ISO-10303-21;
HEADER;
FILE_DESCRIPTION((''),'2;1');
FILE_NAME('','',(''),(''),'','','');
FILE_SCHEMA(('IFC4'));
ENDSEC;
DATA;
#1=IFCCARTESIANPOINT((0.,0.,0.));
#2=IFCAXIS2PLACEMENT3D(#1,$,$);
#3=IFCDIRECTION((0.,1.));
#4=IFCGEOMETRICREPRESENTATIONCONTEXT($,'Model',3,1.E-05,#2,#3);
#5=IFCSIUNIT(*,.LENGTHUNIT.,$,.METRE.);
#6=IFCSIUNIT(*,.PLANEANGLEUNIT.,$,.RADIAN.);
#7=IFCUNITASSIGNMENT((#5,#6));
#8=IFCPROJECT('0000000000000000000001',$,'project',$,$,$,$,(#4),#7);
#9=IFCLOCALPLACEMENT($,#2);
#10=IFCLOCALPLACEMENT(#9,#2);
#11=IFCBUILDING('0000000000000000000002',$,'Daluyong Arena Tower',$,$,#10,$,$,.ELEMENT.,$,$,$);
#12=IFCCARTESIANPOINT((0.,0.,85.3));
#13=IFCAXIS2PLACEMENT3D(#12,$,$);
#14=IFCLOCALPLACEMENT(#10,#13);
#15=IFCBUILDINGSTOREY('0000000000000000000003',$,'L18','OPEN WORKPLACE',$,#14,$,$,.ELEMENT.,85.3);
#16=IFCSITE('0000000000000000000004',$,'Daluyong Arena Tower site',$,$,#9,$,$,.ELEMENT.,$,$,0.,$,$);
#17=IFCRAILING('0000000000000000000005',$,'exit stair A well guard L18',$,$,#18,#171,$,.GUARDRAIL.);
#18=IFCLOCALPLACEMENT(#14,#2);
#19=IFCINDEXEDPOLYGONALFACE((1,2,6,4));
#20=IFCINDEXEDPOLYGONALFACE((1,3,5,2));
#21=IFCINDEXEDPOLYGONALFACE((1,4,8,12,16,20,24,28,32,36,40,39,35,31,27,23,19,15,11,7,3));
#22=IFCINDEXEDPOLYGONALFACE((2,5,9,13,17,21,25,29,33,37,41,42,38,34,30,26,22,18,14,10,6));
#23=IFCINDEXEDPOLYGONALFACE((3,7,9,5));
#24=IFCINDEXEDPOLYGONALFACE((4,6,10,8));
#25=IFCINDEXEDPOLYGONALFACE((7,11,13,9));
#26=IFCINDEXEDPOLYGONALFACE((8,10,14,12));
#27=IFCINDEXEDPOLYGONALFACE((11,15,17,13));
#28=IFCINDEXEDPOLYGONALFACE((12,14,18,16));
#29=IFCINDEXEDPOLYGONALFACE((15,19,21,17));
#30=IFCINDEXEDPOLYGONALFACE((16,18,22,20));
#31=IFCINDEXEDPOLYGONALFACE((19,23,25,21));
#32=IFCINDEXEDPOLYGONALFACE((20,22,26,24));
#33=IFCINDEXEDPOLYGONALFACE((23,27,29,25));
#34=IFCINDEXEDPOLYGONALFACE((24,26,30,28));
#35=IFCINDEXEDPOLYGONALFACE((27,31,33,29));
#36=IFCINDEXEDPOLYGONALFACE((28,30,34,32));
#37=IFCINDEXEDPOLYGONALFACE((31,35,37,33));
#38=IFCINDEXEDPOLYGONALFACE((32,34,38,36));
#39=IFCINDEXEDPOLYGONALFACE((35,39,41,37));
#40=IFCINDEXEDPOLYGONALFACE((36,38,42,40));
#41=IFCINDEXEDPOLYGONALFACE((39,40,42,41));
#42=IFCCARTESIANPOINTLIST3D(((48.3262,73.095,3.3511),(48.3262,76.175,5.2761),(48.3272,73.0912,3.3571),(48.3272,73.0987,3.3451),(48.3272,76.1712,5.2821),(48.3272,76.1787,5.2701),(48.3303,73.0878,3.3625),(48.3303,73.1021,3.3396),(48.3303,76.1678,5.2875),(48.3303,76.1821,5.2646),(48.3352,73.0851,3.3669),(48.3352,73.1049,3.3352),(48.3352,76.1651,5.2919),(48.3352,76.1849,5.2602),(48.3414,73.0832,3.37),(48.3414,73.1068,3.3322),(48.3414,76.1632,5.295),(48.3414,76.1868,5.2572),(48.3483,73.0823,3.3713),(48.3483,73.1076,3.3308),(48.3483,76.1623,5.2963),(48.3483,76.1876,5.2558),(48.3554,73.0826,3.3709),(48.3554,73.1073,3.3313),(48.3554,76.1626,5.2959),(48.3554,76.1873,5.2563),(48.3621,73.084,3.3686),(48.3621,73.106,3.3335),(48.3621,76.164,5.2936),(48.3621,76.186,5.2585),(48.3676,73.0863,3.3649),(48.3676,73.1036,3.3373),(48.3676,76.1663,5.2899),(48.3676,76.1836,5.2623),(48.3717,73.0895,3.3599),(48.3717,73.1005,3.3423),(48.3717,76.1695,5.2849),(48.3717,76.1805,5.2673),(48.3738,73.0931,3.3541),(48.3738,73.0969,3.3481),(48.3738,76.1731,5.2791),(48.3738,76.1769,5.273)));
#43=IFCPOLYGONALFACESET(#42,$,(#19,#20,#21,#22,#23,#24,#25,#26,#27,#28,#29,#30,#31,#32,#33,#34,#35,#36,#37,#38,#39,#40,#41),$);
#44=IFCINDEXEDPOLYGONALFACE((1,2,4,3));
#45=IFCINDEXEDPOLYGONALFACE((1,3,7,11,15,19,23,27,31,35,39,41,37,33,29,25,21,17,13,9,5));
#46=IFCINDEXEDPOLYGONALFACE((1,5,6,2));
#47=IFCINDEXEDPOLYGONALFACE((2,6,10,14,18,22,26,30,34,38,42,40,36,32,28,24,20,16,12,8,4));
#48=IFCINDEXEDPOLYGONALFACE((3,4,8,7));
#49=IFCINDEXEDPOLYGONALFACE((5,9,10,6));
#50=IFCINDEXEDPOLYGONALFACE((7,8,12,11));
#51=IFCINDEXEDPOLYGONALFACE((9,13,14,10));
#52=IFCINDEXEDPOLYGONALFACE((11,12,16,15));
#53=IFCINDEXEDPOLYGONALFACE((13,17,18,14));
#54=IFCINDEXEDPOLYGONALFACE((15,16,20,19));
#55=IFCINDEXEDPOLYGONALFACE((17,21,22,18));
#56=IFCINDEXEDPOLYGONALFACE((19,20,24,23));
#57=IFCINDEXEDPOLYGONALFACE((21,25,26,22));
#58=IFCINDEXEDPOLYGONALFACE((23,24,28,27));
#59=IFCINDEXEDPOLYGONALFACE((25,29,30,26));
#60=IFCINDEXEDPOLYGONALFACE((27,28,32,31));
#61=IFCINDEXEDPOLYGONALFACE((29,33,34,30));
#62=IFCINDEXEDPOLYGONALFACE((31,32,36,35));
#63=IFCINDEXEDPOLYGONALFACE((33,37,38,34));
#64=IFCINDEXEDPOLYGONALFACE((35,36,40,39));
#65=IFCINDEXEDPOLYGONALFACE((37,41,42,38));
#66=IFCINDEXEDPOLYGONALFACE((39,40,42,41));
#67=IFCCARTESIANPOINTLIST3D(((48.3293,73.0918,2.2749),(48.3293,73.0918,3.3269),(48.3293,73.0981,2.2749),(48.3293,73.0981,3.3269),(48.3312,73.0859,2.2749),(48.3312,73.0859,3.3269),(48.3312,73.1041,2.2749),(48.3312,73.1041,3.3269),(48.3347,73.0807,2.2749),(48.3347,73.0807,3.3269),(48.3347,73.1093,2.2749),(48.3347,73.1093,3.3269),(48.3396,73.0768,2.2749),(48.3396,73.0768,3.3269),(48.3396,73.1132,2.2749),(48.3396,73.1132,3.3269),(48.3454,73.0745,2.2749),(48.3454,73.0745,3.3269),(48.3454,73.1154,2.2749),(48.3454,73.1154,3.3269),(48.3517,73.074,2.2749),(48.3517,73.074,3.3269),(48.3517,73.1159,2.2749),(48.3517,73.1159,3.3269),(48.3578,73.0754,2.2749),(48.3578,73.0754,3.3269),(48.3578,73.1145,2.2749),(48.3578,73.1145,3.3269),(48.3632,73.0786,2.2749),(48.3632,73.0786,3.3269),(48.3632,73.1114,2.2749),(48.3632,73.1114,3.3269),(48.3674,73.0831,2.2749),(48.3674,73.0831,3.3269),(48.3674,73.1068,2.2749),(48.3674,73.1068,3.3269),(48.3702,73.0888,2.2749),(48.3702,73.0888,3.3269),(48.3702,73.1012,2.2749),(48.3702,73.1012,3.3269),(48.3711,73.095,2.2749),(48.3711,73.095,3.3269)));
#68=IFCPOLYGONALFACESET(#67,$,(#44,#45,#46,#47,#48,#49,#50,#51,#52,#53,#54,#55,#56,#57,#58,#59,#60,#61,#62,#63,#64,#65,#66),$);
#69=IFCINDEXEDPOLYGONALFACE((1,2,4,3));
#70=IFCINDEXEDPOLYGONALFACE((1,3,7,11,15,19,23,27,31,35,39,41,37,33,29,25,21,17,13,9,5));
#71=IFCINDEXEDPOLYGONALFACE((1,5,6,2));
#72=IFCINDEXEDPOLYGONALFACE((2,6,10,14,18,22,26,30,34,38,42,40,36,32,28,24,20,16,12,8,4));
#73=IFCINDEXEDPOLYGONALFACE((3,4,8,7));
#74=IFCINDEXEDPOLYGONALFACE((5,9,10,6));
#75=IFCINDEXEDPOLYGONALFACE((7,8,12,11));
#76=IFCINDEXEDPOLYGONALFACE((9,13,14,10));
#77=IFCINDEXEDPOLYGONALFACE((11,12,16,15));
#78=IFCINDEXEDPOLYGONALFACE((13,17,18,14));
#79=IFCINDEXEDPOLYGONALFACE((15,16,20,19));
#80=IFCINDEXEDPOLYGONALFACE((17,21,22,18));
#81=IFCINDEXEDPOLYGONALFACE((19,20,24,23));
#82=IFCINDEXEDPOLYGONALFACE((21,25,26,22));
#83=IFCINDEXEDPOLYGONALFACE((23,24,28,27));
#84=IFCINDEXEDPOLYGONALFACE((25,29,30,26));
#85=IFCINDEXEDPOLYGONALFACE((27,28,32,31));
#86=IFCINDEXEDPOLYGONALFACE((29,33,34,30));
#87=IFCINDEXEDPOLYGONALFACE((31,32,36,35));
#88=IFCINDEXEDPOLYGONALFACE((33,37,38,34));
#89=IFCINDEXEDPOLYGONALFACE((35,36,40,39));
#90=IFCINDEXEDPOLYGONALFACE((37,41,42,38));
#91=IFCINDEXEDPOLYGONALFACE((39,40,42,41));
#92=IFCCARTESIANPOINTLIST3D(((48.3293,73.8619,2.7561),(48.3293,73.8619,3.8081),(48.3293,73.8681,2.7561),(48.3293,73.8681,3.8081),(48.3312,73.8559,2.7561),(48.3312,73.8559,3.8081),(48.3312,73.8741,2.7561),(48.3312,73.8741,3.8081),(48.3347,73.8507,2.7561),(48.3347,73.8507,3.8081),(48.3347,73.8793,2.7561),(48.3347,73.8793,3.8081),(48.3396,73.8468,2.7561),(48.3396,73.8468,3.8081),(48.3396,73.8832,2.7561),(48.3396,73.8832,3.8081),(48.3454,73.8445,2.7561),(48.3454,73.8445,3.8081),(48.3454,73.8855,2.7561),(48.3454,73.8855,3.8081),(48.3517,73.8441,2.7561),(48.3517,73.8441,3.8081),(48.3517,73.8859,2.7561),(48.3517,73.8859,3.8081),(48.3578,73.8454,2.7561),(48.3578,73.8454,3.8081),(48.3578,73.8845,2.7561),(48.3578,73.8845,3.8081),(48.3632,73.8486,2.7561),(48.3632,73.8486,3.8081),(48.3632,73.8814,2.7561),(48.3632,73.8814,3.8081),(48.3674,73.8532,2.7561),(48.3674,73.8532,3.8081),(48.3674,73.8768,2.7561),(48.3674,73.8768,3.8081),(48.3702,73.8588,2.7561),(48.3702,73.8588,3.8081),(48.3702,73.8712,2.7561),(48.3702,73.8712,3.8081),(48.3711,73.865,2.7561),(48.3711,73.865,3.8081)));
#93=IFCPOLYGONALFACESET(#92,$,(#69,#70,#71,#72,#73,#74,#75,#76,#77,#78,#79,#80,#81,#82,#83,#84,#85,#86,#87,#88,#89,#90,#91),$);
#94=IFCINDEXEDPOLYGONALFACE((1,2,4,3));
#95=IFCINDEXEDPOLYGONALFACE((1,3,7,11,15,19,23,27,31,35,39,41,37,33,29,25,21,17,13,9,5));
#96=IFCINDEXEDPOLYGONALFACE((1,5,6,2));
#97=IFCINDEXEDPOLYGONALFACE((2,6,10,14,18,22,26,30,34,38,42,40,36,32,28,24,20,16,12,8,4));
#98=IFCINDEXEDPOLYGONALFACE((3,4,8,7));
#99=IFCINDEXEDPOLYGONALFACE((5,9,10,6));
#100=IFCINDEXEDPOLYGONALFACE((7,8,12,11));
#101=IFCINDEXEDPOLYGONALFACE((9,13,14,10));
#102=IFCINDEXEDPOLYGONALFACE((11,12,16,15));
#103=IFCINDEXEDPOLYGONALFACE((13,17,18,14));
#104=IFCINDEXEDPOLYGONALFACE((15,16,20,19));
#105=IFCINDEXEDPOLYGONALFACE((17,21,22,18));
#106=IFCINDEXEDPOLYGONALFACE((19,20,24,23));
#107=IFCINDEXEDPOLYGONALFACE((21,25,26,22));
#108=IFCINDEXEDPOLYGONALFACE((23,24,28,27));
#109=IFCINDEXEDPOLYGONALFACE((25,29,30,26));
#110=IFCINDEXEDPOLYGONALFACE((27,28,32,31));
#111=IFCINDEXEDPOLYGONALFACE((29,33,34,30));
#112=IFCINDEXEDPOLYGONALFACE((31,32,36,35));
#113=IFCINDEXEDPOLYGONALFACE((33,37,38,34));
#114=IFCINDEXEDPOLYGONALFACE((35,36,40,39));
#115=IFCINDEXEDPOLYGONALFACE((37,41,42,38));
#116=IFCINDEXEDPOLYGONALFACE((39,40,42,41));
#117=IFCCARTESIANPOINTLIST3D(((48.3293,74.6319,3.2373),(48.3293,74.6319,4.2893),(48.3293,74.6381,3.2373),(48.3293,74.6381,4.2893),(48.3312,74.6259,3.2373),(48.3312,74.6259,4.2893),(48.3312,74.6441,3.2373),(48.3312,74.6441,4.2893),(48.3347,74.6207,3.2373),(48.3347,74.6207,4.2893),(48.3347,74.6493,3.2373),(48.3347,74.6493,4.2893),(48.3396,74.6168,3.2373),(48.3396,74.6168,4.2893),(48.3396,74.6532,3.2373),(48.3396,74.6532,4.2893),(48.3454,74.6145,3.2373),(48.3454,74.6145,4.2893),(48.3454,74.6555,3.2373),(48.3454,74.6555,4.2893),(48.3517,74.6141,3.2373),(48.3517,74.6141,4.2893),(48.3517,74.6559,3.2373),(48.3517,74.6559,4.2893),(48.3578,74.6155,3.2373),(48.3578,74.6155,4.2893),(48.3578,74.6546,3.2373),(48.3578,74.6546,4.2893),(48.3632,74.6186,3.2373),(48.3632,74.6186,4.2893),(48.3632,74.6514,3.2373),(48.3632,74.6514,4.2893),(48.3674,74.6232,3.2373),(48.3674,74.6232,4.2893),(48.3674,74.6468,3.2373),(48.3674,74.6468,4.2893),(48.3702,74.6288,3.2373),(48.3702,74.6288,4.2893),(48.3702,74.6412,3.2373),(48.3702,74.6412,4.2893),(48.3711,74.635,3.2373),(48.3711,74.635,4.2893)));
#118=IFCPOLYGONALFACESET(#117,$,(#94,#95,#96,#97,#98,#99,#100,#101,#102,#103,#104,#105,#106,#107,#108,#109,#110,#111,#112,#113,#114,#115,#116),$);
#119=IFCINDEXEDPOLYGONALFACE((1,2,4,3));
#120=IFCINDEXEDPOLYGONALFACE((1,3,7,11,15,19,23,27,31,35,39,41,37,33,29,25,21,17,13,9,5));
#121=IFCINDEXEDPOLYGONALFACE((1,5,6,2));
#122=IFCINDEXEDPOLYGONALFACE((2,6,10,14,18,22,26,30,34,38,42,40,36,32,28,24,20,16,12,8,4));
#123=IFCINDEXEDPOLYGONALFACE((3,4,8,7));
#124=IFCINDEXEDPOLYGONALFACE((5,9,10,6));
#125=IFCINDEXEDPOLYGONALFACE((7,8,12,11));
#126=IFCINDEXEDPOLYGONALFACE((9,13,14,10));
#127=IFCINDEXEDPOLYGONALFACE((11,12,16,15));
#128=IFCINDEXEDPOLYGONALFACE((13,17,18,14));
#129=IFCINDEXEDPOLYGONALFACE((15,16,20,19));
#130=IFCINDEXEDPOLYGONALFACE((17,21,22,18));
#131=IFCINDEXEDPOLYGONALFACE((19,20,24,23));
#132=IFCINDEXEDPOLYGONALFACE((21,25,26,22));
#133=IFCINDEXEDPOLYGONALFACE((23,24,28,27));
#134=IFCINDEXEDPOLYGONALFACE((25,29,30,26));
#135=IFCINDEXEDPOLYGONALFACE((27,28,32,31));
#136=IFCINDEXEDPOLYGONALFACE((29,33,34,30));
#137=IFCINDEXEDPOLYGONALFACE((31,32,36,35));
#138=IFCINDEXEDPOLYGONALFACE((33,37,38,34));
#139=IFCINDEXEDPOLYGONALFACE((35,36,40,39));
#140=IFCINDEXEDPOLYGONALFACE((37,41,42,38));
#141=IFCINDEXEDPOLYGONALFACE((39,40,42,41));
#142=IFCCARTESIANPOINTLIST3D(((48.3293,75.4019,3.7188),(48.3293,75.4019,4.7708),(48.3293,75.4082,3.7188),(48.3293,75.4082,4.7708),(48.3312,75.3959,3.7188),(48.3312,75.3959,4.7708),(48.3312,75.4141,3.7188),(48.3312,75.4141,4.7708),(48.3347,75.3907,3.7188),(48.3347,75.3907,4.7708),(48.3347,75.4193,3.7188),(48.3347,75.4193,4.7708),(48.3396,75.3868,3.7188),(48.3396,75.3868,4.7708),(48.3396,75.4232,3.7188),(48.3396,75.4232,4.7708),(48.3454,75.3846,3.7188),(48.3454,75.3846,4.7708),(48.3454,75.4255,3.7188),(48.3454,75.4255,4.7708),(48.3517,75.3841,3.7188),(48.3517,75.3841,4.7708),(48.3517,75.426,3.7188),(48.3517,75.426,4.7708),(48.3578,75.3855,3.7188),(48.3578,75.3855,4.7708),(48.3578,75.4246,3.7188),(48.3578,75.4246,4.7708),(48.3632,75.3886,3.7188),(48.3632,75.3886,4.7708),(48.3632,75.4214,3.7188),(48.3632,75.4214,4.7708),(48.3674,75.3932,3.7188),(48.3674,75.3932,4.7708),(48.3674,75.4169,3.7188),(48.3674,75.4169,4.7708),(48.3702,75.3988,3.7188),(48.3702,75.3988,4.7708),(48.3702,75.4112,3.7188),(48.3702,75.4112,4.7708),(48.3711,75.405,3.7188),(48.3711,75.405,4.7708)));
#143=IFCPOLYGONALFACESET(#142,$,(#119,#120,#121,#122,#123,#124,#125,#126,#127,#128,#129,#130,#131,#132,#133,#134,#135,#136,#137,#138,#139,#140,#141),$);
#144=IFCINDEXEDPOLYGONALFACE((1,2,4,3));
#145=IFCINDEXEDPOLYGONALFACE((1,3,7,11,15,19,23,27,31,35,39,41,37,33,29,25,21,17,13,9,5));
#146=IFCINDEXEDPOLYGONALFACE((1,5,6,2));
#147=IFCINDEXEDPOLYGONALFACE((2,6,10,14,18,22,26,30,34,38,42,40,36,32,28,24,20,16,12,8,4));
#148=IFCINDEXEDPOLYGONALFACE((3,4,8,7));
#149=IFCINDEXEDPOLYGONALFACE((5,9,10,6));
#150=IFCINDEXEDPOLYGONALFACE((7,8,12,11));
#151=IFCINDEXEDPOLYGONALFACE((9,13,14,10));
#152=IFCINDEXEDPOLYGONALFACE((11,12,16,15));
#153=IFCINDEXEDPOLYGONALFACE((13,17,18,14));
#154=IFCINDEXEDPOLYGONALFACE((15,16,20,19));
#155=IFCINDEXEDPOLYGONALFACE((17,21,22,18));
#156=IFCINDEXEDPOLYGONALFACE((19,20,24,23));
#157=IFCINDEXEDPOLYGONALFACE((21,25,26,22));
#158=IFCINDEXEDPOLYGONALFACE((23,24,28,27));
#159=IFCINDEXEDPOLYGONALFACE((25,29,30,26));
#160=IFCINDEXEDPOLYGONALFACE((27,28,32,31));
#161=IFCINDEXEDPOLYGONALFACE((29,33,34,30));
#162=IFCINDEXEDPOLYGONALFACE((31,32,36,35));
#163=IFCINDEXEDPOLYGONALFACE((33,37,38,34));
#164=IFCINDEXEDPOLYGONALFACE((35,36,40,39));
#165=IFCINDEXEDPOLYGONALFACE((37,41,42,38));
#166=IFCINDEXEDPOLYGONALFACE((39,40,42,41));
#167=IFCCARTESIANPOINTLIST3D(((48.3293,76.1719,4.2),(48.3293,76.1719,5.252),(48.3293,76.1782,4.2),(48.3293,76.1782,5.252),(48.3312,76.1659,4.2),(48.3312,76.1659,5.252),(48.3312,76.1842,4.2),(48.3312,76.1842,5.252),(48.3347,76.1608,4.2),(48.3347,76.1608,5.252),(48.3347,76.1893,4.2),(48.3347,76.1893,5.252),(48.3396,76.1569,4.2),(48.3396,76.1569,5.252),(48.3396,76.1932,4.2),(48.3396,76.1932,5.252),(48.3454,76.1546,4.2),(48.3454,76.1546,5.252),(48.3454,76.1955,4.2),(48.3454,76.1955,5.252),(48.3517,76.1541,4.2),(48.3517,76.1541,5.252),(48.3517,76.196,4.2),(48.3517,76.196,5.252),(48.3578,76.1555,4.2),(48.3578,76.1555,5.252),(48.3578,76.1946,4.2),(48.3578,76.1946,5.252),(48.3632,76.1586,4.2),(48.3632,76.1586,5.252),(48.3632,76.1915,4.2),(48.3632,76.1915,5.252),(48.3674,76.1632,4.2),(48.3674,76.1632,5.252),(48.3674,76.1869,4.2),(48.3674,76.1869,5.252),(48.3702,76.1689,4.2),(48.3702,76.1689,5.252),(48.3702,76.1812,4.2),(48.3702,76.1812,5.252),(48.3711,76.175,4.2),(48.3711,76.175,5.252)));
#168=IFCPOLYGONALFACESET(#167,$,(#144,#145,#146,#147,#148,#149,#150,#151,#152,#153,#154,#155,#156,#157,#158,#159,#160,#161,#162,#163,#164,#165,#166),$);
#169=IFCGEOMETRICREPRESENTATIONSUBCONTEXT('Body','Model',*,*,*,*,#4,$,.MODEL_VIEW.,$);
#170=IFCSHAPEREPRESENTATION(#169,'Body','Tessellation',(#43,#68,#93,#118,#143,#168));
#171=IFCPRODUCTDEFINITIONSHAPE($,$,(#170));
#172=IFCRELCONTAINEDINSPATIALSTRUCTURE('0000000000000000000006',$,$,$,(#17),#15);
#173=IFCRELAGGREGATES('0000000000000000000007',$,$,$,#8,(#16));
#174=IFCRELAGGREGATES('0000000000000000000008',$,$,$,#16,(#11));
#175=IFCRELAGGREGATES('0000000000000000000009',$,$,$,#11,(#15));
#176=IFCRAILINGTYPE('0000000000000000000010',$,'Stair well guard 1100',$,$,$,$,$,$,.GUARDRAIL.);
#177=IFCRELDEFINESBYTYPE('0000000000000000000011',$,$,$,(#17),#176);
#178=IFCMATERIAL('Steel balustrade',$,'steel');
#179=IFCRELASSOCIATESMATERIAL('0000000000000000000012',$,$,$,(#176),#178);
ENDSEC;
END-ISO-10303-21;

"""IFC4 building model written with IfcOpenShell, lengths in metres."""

from ifc_helpers import new_model, si_unit, direction, frame, origin, origin_2d, place, context, subcontext, project, spatial, circle, extrude, material, type_object, element, save


model = new_model("IFC4")

# Units and contexts
model_context = context("Model", 3, precision=1e-05, world=origin(), true_north=direction((0.0, 1.0)))
body_context = subcontext(model_context, "Body", "Model", "MODEL_VIEW")
ifc_project = project(units=[si_unit("LENGTHUNIT", "METRE"), si_unit("PLANEANGLEUNIT", "RADIAN")], contexts=[model_context])

# Site, building, storey
site_placement = place(None, origin())
site = spatial("IfcSite", under=ifc_project, at=site_placement, Name="Daluyong Arena Tower site", CompositionType="ELEMENT", RefElevation=0.0)
building_placement = place(site_placement, origin())
building = spatial("IfcBuilding", under=site, at=building_placement, Name="Daluyong Arena Tower", CompositionType="ELEMENT")
storey_placement = place(building_placement, frame((0.0, 0.0, 85.3)))
storey = spatial("IfcBuildingStorey", under=building, at=storey_placement, Name="L18", Description="OPEN WORKPLACE", CompositionType="ELEMENT", Elevation=85.3)

# Railing
ifc_material_1 = material(Name="Steel balustrade", Category="steel")
railing_type_1 = type_object("IfcRailingType", Name="Stair well guard 1100", PredefinedType="GUARDRAIL", material=ifc_material_1)
railing_1_placement = place(storey_placement, frame((48.3501, 73.095, 2.2749)))
element("IfcRailing", 1, at=railing_1_placement, inside=storey, type_object=railing_type_1, Name="exit stair A well guard L18", PredefinedType="GUARDRAIL", context=body_context, shape_type="SweptSolid", body=[
    extrude(circle(Radius=0.0239, at=origin_2d()), frame((0.0, 0.0, 1.0762), z_axis=(0.0, 0.847998, 0.529999), x_axis=(-1.0, 0.0, 0.0)), (0.0, 0.0, 1.0), 3.6321),
    extrude(circle(Radius=0.021, at=origin_2d()), origin(), (0.0, 0.0, 1.0), 1.052),
    extrude(circle(Radius=0.021, at=origin_2d()), frame((0.0, 0.77, 0.4812)), (0.0, 0.0, 1.0), 1.052),
    extrude(circle(Radius=0.021, at=origin_2d()), frame((0.0, 1.54, 0.9624)), (0.0, 0.0, 1.0), 1.052),
    extrude(circle(Radius=0.021, at=origin_2d()), frame((0.0, 2.3101, 1.4438)), (0.0, 0.0, 1.0), 1.052),
    extrude(circle(Radius=0.021, at=origin_2d()), frame((0.0, 3.0801, 1.925)), (0.0, 0.0, 1.0), 1.052),
])

save(model, "model.ifc")
